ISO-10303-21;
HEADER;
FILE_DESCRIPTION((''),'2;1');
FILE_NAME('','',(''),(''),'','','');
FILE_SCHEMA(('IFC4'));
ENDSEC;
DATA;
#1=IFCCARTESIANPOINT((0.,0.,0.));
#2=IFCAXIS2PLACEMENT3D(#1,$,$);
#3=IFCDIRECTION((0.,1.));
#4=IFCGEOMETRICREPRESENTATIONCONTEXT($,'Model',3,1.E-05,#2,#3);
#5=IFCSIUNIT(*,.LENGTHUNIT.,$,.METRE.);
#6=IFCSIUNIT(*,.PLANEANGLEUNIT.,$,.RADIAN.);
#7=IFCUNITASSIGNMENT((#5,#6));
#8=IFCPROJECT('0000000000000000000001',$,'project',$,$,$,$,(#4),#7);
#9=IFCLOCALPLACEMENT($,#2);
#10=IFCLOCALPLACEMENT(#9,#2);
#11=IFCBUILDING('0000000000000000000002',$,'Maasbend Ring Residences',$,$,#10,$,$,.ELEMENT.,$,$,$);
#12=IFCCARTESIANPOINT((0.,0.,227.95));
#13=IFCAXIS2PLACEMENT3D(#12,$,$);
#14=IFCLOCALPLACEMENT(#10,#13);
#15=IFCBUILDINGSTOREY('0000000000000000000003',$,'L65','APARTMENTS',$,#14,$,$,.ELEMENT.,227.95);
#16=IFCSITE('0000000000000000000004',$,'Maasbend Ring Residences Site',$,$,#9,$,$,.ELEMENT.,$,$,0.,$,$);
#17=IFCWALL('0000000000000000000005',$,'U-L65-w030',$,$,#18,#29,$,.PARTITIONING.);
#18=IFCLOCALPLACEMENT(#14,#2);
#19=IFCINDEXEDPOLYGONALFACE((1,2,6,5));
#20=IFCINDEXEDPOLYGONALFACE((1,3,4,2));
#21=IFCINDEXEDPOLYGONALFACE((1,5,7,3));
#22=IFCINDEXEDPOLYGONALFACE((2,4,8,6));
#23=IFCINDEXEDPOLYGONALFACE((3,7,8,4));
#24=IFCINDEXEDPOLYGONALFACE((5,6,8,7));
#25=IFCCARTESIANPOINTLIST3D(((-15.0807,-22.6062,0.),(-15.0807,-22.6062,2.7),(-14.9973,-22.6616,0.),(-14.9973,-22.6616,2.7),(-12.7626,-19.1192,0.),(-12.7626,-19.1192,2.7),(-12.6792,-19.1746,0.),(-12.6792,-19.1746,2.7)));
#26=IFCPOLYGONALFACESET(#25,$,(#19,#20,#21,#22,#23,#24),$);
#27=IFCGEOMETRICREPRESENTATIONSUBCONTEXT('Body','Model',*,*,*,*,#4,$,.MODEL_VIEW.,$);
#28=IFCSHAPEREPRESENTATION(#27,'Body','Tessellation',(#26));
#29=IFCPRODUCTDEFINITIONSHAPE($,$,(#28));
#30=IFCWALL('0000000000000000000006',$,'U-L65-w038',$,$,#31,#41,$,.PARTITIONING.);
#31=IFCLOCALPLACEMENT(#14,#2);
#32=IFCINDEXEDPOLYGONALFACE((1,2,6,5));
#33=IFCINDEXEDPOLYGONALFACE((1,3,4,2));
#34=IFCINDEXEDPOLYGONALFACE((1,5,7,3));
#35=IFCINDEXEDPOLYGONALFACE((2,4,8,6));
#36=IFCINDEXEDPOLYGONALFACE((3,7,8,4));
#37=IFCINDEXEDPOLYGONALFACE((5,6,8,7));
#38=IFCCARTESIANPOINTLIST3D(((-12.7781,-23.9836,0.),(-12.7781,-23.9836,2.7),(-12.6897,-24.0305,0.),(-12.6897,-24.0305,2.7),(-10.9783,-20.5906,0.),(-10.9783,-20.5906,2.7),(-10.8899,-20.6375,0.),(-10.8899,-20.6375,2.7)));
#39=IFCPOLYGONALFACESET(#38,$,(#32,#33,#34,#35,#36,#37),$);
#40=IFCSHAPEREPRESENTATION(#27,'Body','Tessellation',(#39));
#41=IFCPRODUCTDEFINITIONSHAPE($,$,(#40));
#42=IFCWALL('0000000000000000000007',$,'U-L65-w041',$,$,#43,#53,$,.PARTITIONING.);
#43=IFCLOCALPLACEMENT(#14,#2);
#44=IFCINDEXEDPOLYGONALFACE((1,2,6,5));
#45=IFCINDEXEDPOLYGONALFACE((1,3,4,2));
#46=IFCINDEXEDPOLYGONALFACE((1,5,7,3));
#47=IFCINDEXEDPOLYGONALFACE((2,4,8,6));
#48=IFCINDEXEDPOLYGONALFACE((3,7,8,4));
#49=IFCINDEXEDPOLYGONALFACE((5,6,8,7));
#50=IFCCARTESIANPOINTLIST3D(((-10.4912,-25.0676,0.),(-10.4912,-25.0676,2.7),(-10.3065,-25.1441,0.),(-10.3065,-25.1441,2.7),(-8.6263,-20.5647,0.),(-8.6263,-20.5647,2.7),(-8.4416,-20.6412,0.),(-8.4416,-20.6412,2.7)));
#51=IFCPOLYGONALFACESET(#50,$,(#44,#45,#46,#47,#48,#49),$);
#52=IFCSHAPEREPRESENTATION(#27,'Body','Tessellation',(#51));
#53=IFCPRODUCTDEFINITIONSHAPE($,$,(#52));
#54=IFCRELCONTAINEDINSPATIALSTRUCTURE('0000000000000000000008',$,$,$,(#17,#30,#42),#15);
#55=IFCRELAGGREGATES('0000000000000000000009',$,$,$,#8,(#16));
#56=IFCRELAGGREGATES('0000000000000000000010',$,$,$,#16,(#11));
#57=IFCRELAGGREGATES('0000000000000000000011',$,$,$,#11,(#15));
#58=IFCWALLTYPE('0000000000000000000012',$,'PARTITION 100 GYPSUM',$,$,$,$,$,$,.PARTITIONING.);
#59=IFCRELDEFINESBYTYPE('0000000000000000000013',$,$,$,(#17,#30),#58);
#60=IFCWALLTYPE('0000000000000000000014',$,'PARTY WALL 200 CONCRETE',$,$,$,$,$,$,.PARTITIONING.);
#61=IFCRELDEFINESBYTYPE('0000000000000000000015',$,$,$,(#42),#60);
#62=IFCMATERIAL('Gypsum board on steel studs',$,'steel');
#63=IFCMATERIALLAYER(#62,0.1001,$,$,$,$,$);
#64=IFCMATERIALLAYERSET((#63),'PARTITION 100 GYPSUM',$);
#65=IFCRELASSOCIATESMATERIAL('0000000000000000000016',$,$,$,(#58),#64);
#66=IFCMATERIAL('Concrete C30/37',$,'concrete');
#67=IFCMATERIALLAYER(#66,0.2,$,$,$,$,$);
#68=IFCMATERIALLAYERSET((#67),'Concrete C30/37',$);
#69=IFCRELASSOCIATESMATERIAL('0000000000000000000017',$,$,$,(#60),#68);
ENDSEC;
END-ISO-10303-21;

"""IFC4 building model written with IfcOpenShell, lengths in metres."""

from ifc_helpers import new_model, si_unit, direction, frame, frame_2d, origin, place, context, subcontext, project, spatial, rectangle, extrude, material, layer, layer_set, type_object, element, save


model = new_model("IFC4")

# Units and contexts
model_context = context("Model", 3, precision=1e-05, world=origin(), true_north=direction((0.0, 1.0)))
body_context = subcontext(model_context, "Body", "Model", "MODEL_VIEW")
ifc_project = project(units=[si_unit("LENGTHUNIT", "METRE"), si_unit("PLANEANGLEUNIT", "RADIAN")], contexts=[model_context])

# Site, building, storey
site_placement = place(None, origin())
site = spatial("IfcSite", under=ifc_project, at=site_placement, Name="Maasbend Ring Residences Site", CompositionType="ELEMENT", RefElevation=0.0)
building_placement = place(site_placement, origin())
building = spatial("IfcBuilding", under=site, at=building_placement, Name="Maasbend Ring Residences", CompositionType="ELEMENT")
storey_placement = place(building_placement, frame((0.0, 0.0, 227.95)))
storey = spatial("IfcBuildingStorey", under=building, at=storey_placement, Name="L65", Description="APARTMENTS", CompositionType="ELEMENT", Elevation=227.95)

# Shared definitions
ifc_material_1 = material(Name="Gypsum board on steel studs", Category="steel")
ifc_layer_1 = layer(ifc_material_1, 0.1001)
ifc_layer_set_1 = layer_set([ifc_layer_1], Name="PARTITION 100 GYPSUM")
wall_type_1 = type_object("IfcWallType", Name="PARTITION 100 GYPSUM", PredefinedType="PARTITIONING", material=ifc_layer_set_1)

# Walls
wall_1_placement = place(storey_placement, frame((-15.0391, -22.634, 0.0), z_axis=(0.0, 0.0, 1.0), x_axis=(0.55361, 0.832776, 0.0)))
element("IfcWall", 1, at=wall_1_placement, inside=storey, type_object=wall_type_1, Name="U-L65-w030", PredefinedType="PARTITIONING", context=body_context, shape_type="SweptSolid", body=[
    extrude(rectangle(XDim=4.1873, YDim=0.1001, at=frame_2d((2.0938, 0.0))), origin(), (0.0, 0.0, 1.0), 2.7),
])
wall_2_placement = place(storey_placement, frame((-12.7339, -24.0071, 0.0), z_axis=(0.0, 0.0, 1.0), x_axis=(0.468594, 0.883413, 0.0)))
element("IfcWall", 2, at=wall_2_placement, inside=storey, type_object=wall_type_1, Name="U-L65-w038", PredefinedType="PARTITIONING", context=body_context, shape_type="SweptSolid", body=[
    extrude(rectangle(XDim=3.8408, YDim=0.1001, at=frame_2d((1.9204, 0.0))), origin(), (0.0, 0.0, 1.0), 2.7),
])
ifc_material_2 = material(Name="Concrete C30/37", Category="concrete")
ifc_layer_2 = layer(ifc_material_2, 0.2)
ifc_layer_set_2 = layer_set([ifc_layer_2], Name="Concrete C30/37")
wall_type_2 = type_object("IfcWallType", Name="PARTY WALL 200 CONCRETE", PredefinedType="PARTITIONING", material=ifc_layer_set_2)
wall_3_placement = place(storey_placement, frame((-10.3989, -25.106, 0.0), z_axis=(0.0, 0.0, 1.0), x_axis=(0.382651, 0.923893, 0.0)))
element("IfcWall", 3, at=wall_3_placement, inside=storey, type_object=wall_type_2, Name="U-L65-w041", PredefinedType="PARTITIONING", context=body_context, shape_type="SweptSolid", body=[
    extrude(rectangle(XDim=4.8738, YDim=0.2, at=frame_2d((2.437, 0.0))), origin(), (0.0, 0.0, 1.0), 2.7),
])

save(model, "model.ifc")
